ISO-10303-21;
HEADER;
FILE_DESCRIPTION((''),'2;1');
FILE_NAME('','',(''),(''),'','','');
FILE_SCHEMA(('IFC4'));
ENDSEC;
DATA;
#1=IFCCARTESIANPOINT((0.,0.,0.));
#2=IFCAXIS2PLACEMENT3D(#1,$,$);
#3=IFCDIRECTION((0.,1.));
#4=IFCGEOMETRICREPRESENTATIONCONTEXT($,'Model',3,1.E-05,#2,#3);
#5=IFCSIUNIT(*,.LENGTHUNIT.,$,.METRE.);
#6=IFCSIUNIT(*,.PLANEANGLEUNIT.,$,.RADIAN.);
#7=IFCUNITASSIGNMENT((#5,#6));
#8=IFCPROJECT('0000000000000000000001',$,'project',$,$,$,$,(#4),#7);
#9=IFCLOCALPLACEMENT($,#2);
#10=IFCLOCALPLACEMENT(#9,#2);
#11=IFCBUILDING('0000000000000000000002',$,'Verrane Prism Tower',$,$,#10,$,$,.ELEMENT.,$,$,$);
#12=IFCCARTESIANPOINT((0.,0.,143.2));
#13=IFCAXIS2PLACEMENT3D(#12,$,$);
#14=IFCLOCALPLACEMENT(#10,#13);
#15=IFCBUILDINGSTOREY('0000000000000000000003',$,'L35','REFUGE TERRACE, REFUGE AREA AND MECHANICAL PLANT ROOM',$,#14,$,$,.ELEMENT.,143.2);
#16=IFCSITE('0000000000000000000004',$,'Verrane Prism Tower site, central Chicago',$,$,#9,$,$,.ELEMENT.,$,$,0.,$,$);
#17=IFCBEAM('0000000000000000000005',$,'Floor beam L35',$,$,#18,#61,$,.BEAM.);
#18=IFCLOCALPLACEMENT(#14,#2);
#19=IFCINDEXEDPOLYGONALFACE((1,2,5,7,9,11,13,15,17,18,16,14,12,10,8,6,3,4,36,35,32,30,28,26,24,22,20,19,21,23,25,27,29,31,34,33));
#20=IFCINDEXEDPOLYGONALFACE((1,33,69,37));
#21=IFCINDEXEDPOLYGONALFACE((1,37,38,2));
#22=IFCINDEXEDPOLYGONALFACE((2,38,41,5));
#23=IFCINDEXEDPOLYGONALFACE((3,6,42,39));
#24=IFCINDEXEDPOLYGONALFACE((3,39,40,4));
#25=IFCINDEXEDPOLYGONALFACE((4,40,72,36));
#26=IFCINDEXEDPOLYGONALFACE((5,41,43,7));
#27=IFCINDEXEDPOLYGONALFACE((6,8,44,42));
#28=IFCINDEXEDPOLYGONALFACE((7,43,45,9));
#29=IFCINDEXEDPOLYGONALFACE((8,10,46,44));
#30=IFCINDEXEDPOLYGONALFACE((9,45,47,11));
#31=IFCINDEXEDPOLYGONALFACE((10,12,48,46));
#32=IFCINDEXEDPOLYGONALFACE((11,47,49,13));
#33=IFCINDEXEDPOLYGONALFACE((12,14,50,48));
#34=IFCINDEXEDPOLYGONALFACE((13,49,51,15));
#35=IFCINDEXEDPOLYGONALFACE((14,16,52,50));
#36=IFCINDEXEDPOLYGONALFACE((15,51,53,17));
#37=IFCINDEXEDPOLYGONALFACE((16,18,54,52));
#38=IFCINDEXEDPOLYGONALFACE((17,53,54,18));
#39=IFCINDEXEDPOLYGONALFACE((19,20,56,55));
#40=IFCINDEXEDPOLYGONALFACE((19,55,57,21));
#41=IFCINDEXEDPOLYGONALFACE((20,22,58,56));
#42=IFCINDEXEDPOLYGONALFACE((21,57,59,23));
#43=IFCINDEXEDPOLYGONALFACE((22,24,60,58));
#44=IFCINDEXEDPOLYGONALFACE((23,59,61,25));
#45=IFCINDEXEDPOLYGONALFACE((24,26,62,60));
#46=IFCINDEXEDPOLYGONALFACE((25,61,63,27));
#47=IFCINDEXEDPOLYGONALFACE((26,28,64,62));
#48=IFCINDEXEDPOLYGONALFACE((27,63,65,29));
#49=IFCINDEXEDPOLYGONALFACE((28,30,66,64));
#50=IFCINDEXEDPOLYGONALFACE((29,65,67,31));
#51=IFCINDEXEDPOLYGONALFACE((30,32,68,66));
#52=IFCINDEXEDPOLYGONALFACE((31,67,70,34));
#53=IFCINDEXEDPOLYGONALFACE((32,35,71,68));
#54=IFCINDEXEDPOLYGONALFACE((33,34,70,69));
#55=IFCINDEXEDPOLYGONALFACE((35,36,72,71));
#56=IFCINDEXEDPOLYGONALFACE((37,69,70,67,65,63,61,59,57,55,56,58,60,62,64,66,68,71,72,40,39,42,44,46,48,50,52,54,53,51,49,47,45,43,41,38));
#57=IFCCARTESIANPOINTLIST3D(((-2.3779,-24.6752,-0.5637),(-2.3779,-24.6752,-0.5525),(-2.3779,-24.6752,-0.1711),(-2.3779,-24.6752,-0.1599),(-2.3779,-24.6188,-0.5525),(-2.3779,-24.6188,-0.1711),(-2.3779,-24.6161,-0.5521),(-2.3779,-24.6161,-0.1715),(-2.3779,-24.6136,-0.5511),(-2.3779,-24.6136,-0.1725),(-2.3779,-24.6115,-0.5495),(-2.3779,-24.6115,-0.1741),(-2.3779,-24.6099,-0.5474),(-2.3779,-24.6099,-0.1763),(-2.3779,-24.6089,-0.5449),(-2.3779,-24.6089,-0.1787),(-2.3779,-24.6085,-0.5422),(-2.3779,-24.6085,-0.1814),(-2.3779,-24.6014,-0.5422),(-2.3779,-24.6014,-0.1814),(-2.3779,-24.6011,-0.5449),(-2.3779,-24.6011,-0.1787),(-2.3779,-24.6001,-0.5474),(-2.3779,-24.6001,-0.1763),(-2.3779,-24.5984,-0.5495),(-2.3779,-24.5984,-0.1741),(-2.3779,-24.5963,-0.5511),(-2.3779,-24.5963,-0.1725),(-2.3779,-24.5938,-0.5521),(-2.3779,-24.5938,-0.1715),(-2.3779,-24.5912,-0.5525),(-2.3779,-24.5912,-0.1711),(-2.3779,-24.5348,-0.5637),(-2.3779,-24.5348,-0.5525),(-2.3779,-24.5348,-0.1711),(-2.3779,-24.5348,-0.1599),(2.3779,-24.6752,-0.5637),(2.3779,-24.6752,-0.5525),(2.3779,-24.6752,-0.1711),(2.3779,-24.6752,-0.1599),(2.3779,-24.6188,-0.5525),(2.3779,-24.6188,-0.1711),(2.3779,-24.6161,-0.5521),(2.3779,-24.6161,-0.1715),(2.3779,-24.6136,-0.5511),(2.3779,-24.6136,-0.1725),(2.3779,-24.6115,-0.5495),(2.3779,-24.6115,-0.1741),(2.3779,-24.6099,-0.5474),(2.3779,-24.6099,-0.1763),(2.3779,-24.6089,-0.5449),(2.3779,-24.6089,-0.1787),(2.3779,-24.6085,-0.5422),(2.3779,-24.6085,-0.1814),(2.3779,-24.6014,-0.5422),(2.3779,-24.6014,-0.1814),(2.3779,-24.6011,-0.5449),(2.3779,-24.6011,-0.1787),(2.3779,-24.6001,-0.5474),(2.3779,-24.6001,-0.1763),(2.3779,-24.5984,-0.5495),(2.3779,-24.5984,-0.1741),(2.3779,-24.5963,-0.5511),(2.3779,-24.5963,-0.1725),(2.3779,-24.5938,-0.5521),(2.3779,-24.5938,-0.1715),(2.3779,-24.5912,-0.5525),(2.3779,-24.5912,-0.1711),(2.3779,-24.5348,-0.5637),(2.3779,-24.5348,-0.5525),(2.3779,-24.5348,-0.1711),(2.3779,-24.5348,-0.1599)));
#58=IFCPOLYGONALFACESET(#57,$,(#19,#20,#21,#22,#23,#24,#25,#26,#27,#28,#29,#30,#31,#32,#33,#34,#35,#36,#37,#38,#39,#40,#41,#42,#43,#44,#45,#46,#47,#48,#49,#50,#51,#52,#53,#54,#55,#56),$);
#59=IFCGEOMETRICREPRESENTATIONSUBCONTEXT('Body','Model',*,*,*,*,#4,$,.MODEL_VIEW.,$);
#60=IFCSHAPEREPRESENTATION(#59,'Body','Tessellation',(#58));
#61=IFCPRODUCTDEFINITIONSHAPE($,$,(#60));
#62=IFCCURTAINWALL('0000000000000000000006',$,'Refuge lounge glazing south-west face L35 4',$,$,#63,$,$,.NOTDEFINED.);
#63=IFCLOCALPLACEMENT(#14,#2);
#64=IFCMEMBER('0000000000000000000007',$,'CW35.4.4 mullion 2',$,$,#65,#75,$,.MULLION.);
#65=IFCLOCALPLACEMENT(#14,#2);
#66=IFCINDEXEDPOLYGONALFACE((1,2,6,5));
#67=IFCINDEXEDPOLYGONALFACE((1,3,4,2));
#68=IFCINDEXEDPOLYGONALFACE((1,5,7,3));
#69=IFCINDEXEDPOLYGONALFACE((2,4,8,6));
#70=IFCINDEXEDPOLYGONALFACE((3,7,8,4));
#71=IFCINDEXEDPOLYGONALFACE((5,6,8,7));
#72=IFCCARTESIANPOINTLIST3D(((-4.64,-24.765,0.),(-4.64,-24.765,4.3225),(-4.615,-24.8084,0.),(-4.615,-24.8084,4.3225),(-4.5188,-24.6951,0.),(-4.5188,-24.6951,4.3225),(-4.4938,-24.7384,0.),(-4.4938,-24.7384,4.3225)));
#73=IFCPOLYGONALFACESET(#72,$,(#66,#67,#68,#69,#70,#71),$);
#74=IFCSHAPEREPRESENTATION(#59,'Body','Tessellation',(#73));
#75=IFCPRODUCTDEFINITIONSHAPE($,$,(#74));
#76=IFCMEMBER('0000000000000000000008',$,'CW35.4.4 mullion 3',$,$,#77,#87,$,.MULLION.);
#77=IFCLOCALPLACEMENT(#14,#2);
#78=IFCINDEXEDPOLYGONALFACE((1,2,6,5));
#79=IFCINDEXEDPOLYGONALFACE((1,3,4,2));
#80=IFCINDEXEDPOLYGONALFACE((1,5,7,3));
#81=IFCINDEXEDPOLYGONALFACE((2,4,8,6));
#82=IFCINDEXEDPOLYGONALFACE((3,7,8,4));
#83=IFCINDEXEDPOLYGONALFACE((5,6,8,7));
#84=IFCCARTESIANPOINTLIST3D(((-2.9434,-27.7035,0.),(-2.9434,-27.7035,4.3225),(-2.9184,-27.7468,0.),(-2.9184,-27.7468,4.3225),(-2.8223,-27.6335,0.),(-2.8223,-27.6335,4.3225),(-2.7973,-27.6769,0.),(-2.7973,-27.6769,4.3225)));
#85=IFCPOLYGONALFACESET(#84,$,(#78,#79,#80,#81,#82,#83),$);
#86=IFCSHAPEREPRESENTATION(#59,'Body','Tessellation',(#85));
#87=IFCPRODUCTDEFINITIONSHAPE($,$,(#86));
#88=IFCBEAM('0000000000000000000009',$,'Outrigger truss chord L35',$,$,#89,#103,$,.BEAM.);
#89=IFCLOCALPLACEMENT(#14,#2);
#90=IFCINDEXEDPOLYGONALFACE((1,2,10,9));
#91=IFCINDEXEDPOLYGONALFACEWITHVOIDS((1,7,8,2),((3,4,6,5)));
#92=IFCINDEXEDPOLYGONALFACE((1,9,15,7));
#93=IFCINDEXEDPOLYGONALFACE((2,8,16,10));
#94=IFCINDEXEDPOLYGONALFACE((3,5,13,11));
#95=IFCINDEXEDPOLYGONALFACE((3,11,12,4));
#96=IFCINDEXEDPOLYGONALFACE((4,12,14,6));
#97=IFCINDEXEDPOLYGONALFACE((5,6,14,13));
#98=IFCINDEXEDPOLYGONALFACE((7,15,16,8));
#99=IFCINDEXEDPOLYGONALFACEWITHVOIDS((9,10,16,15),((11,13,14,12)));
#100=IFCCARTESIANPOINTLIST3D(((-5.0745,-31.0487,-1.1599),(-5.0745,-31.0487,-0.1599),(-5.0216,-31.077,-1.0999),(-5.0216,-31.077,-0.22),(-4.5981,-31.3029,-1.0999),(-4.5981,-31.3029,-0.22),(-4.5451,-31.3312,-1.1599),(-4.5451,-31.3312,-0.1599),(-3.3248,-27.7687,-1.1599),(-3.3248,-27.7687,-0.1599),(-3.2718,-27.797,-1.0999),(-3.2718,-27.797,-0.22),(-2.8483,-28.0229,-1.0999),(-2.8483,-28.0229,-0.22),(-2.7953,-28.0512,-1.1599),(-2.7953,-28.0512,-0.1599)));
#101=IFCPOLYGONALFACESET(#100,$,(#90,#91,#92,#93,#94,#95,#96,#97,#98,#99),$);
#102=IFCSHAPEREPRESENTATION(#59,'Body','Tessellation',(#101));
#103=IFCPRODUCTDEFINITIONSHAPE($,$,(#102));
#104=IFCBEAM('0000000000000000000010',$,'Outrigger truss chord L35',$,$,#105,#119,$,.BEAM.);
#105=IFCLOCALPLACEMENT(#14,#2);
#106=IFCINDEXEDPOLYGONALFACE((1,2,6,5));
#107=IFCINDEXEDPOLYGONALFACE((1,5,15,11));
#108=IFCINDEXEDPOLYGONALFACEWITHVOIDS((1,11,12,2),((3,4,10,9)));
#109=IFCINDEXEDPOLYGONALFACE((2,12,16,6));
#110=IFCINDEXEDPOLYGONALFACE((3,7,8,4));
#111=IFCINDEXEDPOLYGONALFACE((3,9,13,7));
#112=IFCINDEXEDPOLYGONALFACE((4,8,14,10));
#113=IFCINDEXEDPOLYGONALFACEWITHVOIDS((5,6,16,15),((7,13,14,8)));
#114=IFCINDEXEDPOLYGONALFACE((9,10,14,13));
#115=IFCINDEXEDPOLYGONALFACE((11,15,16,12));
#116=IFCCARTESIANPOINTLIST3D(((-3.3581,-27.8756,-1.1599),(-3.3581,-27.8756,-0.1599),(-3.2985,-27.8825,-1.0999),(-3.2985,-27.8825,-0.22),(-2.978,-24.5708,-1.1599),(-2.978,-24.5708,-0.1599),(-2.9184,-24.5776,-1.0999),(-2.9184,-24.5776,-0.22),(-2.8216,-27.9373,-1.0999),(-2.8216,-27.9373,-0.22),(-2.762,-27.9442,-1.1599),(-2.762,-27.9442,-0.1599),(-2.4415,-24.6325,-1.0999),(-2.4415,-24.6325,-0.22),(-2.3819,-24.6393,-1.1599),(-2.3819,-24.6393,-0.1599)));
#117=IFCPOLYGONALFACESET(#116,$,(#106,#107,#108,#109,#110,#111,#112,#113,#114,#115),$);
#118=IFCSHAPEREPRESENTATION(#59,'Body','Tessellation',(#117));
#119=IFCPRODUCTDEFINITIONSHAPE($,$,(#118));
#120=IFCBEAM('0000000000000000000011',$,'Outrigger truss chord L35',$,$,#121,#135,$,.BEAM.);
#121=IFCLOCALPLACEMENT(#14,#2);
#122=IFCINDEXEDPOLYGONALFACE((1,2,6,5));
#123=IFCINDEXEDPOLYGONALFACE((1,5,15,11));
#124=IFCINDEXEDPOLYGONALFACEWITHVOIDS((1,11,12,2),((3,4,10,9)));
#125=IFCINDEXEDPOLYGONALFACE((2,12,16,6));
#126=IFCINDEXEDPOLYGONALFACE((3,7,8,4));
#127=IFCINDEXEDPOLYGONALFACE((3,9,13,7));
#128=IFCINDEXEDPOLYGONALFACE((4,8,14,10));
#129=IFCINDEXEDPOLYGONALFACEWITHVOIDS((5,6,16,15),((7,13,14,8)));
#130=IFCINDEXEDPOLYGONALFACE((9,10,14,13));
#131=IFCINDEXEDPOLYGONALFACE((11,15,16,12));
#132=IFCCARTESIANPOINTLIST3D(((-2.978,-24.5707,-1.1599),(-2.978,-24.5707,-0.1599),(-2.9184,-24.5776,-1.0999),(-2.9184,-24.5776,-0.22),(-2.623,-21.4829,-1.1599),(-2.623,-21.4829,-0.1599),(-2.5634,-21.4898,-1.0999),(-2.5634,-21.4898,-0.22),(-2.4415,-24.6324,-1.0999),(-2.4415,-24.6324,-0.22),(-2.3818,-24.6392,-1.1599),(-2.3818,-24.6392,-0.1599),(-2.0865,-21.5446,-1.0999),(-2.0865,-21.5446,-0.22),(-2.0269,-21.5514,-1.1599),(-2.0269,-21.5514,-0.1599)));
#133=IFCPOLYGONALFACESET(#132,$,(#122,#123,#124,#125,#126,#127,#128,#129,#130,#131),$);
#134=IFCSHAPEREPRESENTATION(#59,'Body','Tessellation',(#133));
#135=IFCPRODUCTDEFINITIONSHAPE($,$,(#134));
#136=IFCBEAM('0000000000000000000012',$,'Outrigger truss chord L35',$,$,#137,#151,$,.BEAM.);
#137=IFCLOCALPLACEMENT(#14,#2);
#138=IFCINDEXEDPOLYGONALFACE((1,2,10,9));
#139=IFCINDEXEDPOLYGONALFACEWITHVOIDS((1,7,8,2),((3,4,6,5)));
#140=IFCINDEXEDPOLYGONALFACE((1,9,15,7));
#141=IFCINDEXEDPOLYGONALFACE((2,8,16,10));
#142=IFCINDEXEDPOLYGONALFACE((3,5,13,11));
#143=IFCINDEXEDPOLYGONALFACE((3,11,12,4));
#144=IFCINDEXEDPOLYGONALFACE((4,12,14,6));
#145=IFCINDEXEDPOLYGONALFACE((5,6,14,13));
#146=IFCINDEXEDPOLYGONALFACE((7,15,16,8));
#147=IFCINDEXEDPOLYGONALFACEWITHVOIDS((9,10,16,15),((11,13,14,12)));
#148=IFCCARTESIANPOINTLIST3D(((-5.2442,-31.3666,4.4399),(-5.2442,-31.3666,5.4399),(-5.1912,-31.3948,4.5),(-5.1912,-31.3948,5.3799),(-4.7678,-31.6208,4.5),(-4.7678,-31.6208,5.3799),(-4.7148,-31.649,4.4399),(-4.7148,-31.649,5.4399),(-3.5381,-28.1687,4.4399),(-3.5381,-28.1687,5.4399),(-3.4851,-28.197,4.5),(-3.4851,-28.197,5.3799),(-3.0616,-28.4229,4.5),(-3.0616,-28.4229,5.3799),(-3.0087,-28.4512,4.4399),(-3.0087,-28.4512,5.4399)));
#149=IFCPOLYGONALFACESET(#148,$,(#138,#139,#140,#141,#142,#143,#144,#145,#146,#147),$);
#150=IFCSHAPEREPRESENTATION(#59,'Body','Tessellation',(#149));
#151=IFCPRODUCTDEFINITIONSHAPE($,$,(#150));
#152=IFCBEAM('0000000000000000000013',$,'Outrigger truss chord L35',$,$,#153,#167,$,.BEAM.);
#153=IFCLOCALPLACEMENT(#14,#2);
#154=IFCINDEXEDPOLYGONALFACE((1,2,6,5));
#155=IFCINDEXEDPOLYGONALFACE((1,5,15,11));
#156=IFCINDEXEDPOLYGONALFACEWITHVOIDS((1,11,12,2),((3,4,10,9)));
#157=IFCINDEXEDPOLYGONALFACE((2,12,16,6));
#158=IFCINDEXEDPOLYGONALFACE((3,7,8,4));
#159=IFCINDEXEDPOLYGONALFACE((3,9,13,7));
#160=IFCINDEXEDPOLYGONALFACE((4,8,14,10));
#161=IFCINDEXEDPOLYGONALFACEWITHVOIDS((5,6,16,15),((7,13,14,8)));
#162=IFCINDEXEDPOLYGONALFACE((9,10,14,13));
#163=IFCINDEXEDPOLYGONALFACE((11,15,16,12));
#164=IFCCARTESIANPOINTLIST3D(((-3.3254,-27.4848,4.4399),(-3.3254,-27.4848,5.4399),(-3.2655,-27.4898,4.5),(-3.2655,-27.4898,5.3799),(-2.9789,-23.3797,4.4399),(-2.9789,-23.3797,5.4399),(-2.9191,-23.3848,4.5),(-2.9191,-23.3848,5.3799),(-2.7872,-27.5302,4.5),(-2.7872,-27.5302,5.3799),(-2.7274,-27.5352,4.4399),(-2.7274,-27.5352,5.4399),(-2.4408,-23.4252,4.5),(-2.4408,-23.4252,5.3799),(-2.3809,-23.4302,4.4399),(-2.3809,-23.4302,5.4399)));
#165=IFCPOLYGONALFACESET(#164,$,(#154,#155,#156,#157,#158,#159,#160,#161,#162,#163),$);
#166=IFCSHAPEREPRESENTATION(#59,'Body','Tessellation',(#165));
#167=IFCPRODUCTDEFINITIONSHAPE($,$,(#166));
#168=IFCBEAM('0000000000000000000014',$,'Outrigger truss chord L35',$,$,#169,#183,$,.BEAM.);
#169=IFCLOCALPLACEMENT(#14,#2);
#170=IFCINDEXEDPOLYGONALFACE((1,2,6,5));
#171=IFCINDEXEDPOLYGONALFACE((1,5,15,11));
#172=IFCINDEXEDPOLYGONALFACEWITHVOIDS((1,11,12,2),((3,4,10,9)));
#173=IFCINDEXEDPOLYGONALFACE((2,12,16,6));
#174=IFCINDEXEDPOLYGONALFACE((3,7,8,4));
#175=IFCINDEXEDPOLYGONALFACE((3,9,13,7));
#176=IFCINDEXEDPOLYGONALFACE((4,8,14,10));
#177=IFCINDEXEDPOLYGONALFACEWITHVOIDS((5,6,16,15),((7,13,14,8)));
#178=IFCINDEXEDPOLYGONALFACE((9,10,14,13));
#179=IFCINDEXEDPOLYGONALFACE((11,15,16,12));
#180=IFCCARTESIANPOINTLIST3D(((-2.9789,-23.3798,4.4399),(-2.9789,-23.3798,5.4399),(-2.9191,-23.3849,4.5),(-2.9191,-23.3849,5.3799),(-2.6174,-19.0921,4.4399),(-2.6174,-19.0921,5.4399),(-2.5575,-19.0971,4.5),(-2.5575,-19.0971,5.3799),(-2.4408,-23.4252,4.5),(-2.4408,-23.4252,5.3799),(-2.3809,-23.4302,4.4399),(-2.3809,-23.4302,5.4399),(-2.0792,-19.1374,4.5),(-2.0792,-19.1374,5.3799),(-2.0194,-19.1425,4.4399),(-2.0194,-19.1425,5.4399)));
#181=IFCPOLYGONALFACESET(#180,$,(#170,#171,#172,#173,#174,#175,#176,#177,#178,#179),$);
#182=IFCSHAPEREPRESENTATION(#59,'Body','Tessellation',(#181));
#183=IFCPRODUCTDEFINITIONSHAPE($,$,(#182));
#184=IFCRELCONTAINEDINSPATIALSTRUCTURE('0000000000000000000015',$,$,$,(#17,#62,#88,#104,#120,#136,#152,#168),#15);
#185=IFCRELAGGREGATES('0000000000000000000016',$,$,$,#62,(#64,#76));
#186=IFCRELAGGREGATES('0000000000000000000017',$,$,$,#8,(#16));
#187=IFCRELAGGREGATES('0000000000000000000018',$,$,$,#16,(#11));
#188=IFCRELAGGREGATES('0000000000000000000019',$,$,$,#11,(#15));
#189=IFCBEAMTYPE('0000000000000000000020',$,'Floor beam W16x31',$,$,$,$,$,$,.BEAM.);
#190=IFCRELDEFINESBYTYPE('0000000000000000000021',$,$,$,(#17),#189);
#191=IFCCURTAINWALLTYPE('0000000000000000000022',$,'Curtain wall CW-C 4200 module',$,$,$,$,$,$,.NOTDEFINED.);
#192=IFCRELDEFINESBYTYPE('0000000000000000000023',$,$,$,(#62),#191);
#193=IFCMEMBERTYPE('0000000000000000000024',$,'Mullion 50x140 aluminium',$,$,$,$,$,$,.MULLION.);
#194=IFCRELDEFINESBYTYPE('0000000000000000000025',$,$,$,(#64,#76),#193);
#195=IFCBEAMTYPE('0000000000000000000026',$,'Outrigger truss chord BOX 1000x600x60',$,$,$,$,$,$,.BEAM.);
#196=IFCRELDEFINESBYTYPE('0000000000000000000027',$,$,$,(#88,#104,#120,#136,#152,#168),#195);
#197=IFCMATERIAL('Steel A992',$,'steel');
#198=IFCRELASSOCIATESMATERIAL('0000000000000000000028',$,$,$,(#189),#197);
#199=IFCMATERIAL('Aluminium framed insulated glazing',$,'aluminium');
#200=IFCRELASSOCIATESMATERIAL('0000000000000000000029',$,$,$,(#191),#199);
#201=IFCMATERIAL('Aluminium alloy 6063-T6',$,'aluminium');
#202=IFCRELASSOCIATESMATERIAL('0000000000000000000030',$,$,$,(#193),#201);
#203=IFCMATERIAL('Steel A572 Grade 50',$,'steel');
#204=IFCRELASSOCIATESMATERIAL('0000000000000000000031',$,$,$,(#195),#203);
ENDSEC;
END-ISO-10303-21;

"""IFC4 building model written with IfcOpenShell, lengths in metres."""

from ifc_helpers import new_model, si_unit, direction, frame, origin, origin_2d, place, context, subcontext, project, spatial, rectangle, hollow_rectangle, i_section, extrude, material, material_profile, profile_set, type_object, element, aggregate, save


model = new_model("IFC4")

# Units and contexts
model_context = context("Model", 3, precision=1e-05, world=origin(), true_north=direction((0.0, 1.0)))
body_context = subcontext(model_context, "Body", "Model", "MODEL_VIEW")
ifc_project = project(units=[si_unit("LENGTHUNIT", "METRE"), si_unit("PLANEANGLEUNIT", "RADIAN")], contexts=[model_context])

# Site, building, storey
site_placement = place(None, origin())
site = spatial("IfcSite", under=ifc_project, at=site_placement, Name="Verrane Prism Tower site, central Chicago", CompositionType="ELEMENT", RefElevation=0.0)
building_placement = place(site_placement, origin())
building = spatial("IfcBuilding", under=site, at=building_placement, Name="Verrane Prism Tower", CompositionType="ELEMENT")
storey_placement = place(building_placement, frame((0.0, 0.0, 143.2)))
storey = spatial("IfcBuildingStorey", under=building, at=storey_placement, Name="L35", Description="REFUGE TERRACE, REFUGE AREA AND MECHANICAL PLANT ROOM", CompositionType="ELEMENT", Elevation=143.2)

# Beam
ifc_material_1 = material(Name="Steel A992", Category="steel")
ifc_material_profile_1 = material_profile(ifc_material_1, i_section(OverallWidth=0.1404, OverallDepth=0.4038, WebThickness=0.0071, FlangeThickness=0.0112, FilletRadius=0.0103, at=origin_2d()), Name="W16x31")
ifc_profile_set_1 = profile_set([ifc_material_profile_1], Name="Steel A992")
beam_type_1 = type_object("IfcBeamType", Name="Floor beam W16x31", PredefinedType="BEAM", material=ifc_profile_set_1)
beam_1_placement = place(storey_placement, frame((-2.3779, -24.605, -0.3618), z_axis=(1.0, 0.0, 0.0), x_axis=(0.0, 1.0, 0.0)))
element("IfcBeam", 1, at=beam_1_placement, inside=storey, type_object=beam_type_1, Name="Floor beam L35", PredefinedType="BEAM", context=body_context, shape_type="SweptSolid", body=[
    extrude(i_section(OverallWidth=0.1404, OverallDepth=0.4038, WebThickness=0.0071, FlangeThickness=0.0112, FilletRadius=0.0103, at=origin_2d()), origin(), (0.0, 0.0, 1.0), 4.7559),
])

# Curtain wall, members
ifc_material_2 = material(Name="Aluminium framed insulated glazing", Category="aluminium")
curtain_wall_type = type_object("IfcCurtainWallType", Name="Curtain wall CW-C 4200 module", PredefinedType="NOTDEFINED", material=ifc_material_2)
curtain_wall_placement = place(storey_placement, origin())
curtain_wall = element("IfcCurtainWall", 2, at=curtain_wall_placement, inside=storey, type_object=curtain_wall_type, Name="Refuge lounge glazing south-west face L35 4", PredefinedType="NOTDEFINED")
ifc_material_3 = material(Name="Aluminium alloy 6063-T6", Category="aluminium")
ifc_material_profile_2 = material_profile(ifc_material_3, rectangle(XDim=0.1399, YDim=0.05, at=origin_2d()), Name="Mullion 50x140 aluminium")
ifc_profile_set_2 = profile_set([ifc_material_profile_2], Name="Aluminium alloy 6063-T6")
member_type_1 = type_object("IfcMemberType", Name="Mullion 50x140 aluminium", PredefinedType="MULLION", material=ifc_profile_set_2)
member_1_placement = place(storey_placement, frame((-4.5669, -24.7517, 0.0), z_axis=(0.0, 0.0, 1.0), x_axis=(0.866027, 0.499997, 0.0)))
member_1 = element("IfcMember", 3, at=member_1_placement, type_object=member_type_1, Name="CW35.4.4 mullion 2", PredefinedType="MULLION", context=body_context, shape_type="SweptSolid", body=[
    extrude(rectangle(XDim=0.1399, YDim=0.05, at=origin_2d()), origin(), (0.0, 0.0, 1.0), 4.3225),
])
member_2_placement = place(storey_placement, frame((-2.8704, -27.6902, 0.0), z_axis=(0.0, 0.0, 1.0), x_axis=(0.866027, 0.499997, 0.0)))
member_2 = element("IfcMember", 4, at=member_2_placement, type_object=member_type_1, Name="CW35.4.4 mullion 3", PredefinedType="MULLION", context=body_context, shape_type="SweptSolid", body=[
    extrude(rectangle(XDim=0.1399, YDim=0.05, at=origin_2d()), origin(), (0.0, 0.0, 1.0), 4.3225),
])

# Beams
ifc_material_4 = material(Name="Steel A572 Grade 50", Category="steel")
ifc_material_profile_3 = material_profile(ifc_material_4, hollow_rectangle(XDim=0.6001, YDim=1.0, WallThickness=0.0601, at=origin_2d()), Name="BOX 1000x600x60")
ifc_profile_set_3 = profile_set([ifc_material_profile_3], Name="Steel A572 Grade 50")
beam_type_2 = type_object("IfcBeamType", Name="Outrigger truss chord BOX 1000x600x60", PredefinedType="BEAM", material=ifc_profile_set_3)
beam_2_placement = place(storey_placement, frame((-4.8098, -31.1899, -0.6599), z_axis=(0.470673, 0.882307, 0.0), x_axis=(-0.882307, 0.470673, 0.0)))
element("IfcBeam", 5, at=beam_2_placement, inside=storey, type_object=beam_type_2, Name="Outrigger truss chord L35", PredefinedType="BEAM", context=body_context, shape_type="SweptSolid", body=[
    extrude(hollow_rectangle(XDim=0.6001, YDim=1.0, WallThickness=0.0601, at=origin_2d()), origin(), (0.0, 0.0, 1.0), 3.7175),
])
beam_3_placement = place(storey_placement, frame((-3.0601, -27.9099, -0.6599), z_axis=(0.114265, 0.99345, 0.0), x_axis=(-0.99345, 0.114265, 0.0)))
element("IfcBeam", 6, at=beam_3_placement, inside=storey, type_object=beam_type_2, Name="Outrigger truss chord L35", PredefinedType="BEAM", context=body_context, shape_type="SweptSolid", body=[
    extrude(hollow_rectangle(XDim=0.6001, YDim=1.0, WallThickness=0.0601, at=origin_2d()), origin(), (0.0, 0.0, 1.0), 3.3267),
])
beam_4_placement = place(storey_placement, frame((-2.6799, -24.605, -0.6599), z_axis=(0.114207, 0.993457, 0.0), x_axis=(-0.993457, 0.114207, 0.0)))
element("IfcBeam", 7, at=beam_4_placement, inside=storey, type_object=beam_type_2, Name="Outrigger truss chord L35", PredefinedType="BEAM", context=body_context, shape_type="SweptSolid", body=[
    extrude(hollow_rectangle(XDim=0.6001, YDim=1.0, WallThickness=0.0601, at=origin_2d()), origin(), (0.0, 0.0, 1.0), 3.1082),
])
beam_5_placement = place(storey_placement, frame((-4.9795, -31.5078, 4.9399), z_axis=(0.470714, 0.882286, 0.0), x_axis=(-0.882286, 0.470714, 0.0)))
element("IfcBeam", 8, at=beam_5_placement, inside=storey, type_object=beam_type_2, Name="Outrigger truss chord L35", PredefinedType="BEAM", context=body_context, shape_type="SweptSolid", body=[
    extrude(hollow_rectangle(XDim=0.6001, YDim=1.0, WallThickness=0.0601, at=origin_2d()), origin(), (0.0, 0.0, 1.0), 3.6245),
])
beam_6_placement = place(storey_placement, frame((-3.0264, -27.51, 4.9399), z_axis=(0.084095, 0.996458, 0.0), x_axis=(-0.996458, 0.084095, 0.0)))
element("IfcBeam", 9, at=beam_6_placement, inside=storey, type_object=beam_type_2, Name="Outrigger truss chord L35", PredefinedType="BEAM", context=body_context, shape_type="SweptSolid", body=[
    extrude(hollow_rectangle(XDim=0.6001, YDim=1.0, WallThickness=0.0601, at=origin_2d()), origin(), (0.0, 0.0, 1.0), 4.1196),
])
beam_7_placement = place(storey_placement, frame((-2.6799, -23.405, 4.9399), z_axis=(0.084027, 0.996463, 0.0), x_axis=(-0.996463, 0.084027, 0.0)))
element("IfcBeam", 10, at=beam_7_placement, inside=storey, type_object=beam_type_2, Name="Outrigger truss chord L35", PredefinedType="BEAM", context=body_context, shape_type="SweptSolid", body=[
    extrude(hollow_rectangle(XDim=0.6001, YDim=1.0, WallThickness=0.0601, at=origin_2d()), origin(), (0.0, 0.0, 1.0), 4.303),
])

aggregate(curtain_wall, [member_1, member_2])

save(model, "model.ifc")
